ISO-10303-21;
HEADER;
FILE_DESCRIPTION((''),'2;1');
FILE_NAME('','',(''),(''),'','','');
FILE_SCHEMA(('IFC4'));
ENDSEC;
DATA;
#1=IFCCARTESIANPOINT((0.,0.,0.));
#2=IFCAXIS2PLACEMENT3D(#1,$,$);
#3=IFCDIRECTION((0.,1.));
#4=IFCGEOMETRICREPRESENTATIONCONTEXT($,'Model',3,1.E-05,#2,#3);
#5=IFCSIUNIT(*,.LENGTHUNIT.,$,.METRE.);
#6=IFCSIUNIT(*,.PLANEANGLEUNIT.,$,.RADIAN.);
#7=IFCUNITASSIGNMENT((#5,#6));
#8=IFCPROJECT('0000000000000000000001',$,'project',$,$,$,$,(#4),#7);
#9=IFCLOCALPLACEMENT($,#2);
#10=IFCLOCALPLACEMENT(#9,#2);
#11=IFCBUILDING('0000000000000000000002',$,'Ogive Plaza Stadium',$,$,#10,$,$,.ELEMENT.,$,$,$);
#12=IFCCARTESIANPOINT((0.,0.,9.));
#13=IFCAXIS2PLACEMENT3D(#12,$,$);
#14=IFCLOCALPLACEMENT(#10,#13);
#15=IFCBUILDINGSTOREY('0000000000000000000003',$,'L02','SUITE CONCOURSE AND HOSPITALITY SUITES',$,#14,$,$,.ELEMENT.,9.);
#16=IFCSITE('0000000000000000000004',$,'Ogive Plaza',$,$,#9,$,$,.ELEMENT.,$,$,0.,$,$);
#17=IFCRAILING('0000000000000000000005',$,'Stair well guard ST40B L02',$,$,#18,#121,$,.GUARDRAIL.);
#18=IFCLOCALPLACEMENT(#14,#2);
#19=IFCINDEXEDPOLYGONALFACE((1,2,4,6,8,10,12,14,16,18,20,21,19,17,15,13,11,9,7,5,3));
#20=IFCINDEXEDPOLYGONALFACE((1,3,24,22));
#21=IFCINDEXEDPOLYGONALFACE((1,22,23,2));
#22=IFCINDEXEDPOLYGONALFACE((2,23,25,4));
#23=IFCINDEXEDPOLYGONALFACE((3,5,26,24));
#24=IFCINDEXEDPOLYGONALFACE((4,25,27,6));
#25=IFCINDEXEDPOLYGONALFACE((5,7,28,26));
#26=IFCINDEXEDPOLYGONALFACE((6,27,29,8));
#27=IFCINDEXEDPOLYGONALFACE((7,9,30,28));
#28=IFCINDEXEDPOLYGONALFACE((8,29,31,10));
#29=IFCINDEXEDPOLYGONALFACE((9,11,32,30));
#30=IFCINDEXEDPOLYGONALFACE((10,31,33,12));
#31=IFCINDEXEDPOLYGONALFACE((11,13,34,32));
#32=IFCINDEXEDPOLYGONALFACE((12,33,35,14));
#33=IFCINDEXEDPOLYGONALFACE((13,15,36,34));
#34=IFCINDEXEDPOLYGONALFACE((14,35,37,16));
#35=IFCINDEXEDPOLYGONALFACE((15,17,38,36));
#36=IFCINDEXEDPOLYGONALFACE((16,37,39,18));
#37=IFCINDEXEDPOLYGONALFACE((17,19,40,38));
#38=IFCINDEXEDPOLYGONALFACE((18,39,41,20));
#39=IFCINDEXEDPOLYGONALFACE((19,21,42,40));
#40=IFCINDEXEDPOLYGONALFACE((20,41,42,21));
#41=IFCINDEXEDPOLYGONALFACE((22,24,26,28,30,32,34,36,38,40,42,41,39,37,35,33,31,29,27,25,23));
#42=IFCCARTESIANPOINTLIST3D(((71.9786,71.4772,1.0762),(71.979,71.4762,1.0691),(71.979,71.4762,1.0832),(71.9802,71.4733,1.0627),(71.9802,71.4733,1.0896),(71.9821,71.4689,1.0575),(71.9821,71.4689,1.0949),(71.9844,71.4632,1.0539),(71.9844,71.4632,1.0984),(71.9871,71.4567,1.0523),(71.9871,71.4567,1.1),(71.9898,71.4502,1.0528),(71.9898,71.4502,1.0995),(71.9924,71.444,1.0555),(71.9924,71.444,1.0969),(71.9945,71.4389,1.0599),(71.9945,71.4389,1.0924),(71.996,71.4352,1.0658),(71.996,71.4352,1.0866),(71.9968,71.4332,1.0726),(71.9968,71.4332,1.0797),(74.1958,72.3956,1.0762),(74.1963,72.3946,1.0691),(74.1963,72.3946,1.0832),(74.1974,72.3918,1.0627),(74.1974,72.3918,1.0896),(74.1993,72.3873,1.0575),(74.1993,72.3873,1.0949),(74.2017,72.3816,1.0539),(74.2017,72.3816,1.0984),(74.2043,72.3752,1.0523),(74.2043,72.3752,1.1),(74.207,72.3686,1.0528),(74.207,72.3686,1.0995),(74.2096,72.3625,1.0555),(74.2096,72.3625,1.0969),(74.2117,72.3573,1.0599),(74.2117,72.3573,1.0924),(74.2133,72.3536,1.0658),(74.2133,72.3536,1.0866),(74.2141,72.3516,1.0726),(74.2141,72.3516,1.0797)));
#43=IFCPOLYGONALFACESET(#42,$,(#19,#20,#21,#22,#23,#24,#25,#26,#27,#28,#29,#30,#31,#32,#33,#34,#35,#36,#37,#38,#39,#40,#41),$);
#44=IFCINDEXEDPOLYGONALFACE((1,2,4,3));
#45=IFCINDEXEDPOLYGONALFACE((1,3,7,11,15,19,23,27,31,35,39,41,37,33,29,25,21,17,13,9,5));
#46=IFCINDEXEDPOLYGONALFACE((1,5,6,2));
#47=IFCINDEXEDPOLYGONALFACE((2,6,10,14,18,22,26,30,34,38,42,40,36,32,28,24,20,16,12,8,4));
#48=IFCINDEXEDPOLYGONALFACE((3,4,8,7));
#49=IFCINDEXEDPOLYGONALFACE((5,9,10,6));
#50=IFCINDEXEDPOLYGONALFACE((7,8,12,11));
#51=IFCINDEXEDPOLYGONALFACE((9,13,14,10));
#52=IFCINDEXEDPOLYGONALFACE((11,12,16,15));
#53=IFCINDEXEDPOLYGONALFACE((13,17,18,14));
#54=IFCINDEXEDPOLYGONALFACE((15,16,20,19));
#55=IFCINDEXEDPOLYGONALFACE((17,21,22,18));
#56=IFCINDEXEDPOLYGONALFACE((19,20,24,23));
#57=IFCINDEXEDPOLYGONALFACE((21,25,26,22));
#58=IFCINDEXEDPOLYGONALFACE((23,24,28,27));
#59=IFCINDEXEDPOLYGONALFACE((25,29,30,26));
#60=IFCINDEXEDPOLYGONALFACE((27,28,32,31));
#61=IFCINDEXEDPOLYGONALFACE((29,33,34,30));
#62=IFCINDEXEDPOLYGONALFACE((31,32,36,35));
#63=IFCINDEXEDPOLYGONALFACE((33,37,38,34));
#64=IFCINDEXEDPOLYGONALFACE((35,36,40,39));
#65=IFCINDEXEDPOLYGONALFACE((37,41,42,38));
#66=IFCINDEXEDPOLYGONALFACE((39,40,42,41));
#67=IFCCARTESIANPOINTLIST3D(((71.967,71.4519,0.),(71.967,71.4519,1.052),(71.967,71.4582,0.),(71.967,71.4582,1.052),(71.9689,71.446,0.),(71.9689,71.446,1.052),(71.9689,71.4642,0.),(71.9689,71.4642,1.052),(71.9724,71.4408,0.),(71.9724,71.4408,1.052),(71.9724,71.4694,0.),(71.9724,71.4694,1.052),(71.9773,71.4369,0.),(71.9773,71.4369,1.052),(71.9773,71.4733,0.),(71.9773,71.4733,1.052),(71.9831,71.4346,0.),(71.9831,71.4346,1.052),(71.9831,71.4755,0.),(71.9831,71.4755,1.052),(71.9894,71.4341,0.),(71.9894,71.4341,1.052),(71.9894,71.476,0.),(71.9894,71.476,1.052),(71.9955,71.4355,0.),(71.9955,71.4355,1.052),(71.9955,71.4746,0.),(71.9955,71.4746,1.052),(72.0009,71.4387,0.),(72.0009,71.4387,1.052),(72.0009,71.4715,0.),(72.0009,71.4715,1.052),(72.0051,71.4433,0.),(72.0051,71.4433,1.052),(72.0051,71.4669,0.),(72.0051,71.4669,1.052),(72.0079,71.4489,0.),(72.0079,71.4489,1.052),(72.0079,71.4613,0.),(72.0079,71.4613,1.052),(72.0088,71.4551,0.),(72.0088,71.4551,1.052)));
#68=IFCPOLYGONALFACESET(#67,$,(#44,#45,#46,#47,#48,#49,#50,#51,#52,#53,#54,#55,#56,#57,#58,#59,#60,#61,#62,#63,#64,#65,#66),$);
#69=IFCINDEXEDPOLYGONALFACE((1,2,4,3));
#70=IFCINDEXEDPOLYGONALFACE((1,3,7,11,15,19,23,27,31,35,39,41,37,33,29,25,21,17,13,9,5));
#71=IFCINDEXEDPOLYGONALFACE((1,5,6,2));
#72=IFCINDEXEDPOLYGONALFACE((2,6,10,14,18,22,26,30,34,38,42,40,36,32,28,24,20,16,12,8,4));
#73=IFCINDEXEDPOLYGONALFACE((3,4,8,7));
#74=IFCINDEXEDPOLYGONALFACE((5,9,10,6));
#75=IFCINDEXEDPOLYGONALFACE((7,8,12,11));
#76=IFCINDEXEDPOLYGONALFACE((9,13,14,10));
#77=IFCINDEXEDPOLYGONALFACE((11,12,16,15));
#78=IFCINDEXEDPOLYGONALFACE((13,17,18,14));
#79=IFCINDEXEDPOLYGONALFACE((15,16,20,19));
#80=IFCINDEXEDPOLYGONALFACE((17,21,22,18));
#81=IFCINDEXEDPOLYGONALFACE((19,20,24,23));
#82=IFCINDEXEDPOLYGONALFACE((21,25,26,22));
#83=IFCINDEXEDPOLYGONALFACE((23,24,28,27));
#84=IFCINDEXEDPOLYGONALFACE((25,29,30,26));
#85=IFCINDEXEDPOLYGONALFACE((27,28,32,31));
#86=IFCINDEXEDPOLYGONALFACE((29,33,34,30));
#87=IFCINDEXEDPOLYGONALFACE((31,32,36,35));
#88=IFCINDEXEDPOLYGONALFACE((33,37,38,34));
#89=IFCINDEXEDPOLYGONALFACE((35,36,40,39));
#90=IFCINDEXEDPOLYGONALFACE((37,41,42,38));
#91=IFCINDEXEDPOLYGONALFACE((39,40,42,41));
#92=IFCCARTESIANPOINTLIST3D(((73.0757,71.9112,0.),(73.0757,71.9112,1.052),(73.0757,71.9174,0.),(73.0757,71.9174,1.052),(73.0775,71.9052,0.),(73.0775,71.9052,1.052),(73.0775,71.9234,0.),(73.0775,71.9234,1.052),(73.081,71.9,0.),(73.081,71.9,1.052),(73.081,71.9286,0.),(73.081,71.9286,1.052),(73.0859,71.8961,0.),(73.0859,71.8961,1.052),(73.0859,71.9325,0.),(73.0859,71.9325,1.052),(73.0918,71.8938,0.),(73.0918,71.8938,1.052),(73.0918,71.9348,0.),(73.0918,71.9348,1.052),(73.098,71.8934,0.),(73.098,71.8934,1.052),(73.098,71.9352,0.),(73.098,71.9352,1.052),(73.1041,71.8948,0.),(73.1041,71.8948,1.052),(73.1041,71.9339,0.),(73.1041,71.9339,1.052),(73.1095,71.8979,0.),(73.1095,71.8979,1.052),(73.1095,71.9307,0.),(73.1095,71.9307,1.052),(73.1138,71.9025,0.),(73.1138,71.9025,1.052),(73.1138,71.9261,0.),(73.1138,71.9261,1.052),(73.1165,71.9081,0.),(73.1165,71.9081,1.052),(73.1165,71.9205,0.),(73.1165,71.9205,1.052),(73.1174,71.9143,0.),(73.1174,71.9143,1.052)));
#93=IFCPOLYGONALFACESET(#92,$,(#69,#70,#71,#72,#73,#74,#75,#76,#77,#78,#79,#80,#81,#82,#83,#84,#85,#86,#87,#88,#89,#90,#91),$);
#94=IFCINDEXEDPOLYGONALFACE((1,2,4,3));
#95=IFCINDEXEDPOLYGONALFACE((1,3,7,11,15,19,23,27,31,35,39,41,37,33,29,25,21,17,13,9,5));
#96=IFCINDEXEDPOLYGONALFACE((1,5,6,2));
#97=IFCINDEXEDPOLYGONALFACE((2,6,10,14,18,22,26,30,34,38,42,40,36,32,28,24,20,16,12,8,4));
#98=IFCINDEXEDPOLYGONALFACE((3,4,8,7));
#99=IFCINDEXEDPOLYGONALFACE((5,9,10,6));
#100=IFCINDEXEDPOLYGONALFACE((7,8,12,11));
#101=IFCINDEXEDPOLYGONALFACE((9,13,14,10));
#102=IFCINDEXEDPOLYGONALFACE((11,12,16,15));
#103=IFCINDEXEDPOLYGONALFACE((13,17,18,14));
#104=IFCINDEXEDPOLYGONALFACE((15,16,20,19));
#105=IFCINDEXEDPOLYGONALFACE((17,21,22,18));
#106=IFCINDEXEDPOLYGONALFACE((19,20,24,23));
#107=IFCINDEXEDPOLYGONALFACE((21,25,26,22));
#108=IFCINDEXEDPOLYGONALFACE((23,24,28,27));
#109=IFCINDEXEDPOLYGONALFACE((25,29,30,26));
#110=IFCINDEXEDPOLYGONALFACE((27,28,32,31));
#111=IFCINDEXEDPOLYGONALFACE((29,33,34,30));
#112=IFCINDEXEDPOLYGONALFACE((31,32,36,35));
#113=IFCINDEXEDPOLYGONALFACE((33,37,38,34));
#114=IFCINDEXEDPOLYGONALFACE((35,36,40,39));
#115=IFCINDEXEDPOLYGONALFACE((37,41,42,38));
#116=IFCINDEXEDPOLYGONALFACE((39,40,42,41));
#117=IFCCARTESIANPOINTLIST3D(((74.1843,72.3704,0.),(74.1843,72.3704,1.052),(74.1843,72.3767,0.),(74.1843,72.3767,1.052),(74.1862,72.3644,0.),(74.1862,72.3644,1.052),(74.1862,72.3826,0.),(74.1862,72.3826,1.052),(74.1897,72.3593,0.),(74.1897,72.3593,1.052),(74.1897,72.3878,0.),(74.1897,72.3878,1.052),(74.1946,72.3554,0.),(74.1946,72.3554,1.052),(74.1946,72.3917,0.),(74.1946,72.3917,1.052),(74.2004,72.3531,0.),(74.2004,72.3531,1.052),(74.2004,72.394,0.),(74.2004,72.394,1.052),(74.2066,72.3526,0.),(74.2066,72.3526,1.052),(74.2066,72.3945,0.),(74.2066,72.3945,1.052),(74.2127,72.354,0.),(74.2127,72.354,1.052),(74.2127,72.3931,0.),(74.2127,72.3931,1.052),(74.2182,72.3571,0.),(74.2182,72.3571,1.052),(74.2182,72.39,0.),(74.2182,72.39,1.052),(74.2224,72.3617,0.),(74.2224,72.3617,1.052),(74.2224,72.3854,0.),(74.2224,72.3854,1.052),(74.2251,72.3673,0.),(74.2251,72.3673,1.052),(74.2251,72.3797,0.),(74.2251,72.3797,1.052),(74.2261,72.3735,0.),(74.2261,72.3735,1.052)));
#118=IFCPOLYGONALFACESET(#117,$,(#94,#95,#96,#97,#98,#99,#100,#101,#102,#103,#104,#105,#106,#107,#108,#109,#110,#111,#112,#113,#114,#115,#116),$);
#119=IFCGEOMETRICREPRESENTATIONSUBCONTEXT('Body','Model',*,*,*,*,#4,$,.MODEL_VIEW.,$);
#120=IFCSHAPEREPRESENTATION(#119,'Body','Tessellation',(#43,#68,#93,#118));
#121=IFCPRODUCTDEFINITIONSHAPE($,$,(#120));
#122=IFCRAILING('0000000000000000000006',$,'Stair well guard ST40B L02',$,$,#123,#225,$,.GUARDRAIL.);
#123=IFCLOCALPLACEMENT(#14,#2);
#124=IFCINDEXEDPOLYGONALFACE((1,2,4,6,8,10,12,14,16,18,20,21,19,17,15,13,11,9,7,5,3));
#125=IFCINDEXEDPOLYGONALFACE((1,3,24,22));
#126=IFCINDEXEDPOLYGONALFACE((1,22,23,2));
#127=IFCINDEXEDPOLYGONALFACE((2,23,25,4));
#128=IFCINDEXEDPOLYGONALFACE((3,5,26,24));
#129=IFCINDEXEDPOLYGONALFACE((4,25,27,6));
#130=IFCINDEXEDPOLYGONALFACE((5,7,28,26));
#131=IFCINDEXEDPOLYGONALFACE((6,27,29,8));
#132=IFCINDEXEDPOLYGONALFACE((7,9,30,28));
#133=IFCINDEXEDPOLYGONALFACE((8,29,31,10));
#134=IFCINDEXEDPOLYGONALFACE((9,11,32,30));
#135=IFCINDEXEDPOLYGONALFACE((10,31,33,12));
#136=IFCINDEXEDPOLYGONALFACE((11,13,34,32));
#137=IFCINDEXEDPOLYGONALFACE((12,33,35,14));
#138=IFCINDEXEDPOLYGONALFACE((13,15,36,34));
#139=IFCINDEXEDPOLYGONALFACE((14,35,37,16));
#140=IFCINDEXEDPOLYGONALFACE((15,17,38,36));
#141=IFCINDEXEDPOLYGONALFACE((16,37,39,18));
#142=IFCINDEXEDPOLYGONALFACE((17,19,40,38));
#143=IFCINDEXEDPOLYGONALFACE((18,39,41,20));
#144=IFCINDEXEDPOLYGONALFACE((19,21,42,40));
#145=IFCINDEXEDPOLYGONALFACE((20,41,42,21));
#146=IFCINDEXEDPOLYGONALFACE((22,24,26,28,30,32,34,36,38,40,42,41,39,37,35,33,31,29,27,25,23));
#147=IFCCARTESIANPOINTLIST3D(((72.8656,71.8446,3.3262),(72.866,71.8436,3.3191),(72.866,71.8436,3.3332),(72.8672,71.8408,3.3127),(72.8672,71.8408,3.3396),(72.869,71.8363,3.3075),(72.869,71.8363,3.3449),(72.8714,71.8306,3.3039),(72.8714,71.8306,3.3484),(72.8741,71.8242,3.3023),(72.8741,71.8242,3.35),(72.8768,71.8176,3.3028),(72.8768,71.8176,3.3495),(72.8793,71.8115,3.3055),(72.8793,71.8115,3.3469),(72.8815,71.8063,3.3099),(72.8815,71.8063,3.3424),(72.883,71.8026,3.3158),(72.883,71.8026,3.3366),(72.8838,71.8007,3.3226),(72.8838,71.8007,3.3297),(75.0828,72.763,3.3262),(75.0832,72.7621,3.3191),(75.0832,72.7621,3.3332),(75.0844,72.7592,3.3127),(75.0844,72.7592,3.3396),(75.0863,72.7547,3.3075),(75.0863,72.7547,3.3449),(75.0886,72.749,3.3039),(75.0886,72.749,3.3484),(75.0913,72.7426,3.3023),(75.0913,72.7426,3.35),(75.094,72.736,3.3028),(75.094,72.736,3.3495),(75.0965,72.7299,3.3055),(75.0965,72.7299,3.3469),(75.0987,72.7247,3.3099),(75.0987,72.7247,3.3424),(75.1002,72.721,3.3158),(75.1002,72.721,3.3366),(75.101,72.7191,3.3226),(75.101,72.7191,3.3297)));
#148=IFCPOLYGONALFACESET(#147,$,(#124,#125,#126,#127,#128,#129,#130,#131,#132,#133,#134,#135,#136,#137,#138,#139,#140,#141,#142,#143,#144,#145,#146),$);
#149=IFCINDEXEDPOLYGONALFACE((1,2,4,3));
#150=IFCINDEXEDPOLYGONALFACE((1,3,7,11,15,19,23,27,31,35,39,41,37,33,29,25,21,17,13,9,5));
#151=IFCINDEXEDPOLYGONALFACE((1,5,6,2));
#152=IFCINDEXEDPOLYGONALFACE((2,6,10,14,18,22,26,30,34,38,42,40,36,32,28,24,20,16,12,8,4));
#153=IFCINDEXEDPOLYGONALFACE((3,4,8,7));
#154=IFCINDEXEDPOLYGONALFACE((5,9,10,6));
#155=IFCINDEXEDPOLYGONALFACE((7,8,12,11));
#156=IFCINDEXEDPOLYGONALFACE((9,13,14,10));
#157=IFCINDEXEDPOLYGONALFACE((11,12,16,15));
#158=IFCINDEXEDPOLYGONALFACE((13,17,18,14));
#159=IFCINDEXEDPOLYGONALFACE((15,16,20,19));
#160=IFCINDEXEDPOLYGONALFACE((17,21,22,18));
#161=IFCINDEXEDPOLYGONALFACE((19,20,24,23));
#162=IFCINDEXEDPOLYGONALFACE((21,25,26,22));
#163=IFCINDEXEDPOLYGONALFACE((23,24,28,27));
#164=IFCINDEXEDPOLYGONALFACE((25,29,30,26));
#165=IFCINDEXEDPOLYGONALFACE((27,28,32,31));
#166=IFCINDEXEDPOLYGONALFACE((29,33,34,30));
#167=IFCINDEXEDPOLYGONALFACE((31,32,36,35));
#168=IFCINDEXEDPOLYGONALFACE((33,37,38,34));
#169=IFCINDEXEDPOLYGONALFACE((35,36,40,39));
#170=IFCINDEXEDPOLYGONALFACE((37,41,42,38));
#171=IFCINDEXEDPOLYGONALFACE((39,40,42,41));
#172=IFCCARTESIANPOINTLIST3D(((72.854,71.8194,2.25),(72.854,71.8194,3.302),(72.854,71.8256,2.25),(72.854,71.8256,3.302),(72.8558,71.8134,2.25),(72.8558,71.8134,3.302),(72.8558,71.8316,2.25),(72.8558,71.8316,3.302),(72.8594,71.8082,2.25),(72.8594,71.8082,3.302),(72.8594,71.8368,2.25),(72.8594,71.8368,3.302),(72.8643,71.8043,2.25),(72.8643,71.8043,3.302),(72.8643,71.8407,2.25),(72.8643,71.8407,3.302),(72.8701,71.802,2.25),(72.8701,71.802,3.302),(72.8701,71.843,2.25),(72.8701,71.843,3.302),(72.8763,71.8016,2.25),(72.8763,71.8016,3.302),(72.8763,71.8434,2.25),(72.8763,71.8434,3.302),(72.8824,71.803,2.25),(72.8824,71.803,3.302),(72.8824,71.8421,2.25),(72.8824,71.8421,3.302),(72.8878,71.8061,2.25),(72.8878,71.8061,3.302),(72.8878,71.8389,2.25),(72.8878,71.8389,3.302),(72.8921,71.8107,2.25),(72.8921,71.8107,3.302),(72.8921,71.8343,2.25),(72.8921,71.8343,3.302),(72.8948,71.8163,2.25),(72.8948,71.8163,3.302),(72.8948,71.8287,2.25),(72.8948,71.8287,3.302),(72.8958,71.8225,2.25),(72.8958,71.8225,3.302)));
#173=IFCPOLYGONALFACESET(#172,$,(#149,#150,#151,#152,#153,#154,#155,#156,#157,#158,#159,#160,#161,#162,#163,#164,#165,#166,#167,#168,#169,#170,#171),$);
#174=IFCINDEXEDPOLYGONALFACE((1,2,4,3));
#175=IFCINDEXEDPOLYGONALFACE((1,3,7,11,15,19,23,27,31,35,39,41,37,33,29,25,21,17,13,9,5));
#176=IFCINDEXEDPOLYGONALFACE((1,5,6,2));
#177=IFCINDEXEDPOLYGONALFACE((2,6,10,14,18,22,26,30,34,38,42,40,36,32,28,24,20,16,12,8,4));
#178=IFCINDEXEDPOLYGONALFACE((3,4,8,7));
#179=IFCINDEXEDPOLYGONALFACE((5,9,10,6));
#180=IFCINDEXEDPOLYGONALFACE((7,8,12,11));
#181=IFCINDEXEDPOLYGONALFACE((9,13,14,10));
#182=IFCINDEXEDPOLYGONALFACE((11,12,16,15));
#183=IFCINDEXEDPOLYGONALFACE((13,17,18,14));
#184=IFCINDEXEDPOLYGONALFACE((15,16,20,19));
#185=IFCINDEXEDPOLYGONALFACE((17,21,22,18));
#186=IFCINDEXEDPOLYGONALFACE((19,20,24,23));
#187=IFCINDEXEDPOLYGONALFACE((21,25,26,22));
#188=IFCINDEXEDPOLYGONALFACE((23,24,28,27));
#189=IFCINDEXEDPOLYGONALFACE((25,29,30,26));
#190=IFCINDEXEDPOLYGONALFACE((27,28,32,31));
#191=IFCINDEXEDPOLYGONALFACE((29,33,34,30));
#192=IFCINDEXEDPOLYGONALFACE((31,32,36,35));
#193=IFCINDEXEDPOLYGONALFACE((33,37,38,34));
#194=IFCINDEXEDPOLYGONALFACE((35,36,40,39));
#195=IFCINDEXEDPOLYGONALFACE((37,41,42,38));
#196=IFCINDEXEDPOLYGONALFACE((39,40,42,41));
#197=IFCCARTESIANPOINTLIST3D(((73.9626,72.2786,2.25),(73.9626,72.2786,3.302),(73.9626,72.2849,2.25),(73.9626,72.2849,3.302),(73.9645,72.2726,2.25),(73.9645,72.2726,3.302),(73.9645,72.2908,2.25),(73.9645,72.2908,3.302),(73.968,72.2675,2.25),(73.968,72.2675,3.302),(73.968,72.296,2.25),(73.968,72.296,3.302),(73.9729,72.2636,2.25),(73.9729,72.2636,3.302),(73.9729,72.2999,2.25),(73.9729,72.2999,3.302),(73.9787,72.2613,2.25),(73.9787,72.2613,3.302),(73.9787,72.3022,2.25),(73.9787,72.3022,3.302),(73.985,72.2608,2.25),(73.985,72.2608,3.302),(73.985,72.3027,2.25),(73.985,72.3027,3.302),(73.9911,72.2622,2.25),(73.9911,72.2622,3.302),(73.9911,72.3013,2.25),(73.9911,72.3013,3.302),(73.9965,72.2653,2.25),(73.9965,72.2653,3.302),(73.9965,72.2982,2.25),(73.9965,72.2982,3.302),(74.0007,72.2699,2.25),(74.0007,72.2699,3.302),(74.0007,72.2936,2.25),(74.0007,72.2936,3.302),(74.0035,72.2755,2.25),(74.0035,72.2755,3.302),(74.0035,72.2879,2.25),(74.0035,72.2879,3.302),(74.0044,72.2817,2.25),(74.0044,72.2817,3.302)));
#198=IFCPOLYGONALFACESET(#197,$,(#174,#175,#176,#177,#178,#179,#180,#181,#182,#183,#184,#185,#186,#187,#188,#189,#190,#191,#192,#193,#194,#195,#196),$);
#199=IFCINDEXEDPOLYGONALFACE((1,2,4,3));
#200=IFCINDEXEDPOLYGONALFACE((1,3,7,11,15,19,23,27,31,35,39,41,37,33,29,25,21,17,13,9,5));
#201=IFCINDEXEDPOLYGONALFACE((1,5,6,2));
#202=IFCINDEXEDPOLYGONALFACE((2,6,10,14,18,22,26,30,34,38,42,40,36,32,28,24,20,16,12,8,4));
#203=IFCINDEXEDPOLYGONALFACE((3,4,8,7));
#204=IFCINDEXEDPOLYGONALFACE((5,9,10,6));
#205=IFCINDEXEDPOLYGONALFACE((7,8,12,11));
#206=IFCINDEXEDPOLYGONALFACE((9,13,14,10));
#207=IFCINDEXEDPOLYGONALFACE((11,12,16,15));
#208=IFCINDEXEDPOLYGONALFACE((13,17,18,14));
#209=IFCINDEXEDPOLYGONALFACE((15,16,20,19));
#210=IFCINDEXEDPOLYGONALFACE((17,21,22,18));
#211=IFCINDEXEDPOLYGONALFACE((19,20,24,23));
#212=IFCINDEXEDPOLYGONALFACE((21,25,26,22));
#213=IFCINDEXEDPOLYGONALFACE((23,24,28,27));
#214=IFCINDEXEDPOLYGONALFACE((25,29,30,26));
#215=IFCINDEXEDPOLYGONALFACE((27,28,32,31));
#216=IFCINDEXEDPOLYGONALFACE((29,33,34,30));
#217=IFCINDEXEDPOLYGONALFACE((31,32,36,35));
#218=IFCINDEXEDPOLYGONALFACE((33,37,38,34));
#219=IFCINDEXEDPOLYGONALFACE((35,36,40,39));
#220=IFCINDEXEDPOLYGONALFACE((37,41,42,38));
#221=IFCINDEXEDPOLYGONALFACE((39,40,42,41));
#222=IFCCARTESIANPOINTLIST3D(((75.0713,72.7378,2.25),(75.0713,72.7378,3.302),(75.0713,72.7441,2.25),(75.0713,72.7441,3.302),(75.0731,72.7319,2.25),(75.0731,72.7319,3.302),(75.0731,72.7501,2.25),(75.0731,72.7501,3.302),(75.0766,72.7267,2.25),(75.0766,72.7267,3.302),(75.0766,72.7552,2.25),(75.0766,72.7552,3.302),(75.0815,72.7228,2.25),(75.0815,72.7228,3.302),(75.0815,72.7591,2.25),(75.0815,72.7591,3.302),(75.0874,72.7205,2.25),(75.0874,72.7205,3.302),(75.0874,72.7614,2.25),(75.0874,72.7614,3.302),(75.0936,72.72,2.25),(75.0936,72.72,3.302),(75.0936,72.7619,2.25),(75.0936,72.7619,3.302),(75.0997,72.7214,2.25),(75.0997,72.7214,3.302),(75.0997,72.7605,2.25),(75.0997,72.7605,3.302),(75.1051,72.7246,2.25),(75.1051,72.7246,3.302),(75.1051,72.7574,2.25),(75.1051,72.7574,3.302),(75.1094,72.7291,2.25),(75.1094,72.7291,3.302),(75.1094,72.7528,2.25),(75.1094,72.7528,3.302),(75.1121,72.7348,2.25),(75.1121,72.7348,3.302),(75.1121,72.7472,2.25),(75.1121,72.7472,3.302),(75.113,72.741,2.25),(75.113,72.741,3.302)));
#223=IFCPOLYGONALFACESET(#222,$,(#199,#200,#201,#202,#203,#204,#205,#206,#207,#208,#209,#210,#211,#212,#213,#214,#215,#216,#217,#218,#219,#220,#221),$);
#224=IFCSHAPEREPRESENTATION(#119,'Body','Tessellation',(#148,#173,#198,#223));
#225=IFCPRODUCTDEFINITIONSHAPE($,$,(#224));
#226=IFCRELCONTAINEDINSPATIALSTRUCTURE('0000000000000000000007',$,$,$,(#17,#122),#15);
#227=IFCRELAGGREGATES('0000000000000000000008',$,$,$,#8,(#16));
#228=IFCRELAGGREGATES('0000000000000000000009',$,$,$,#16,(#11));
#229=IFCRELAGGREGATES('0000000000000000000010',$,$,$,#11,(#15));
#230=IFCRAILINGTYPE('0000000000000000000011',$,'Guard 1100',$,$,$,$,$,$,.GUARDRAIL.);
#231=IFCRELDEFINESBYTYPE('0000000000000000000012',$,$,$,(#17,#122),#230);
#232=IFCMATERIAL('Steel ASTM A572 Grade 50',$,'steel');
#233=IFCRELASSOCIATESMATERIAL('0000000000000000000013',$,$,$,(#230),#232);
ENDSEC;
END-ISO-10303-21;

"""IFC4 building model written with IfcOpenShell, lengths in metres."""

from ifc_helpers import new_model, si_unit, direction, frame, origin, origin_2d, place, context, subcontext, project, spatial, circle, extrude, material, type_object, element, save


model = new_model("IFC4")

# Units and contexts
model_context = context("Model", 3, precision=1e-05, world=origin(), true_north=direction((0.0, 1.0)))
body_context = subcontext(model_context, "Body", "Model", "MODEL_VIEW")
ifc_project = project(units=[si_unit("LENGTHUNIT", "METRE"), si_unit("PLANEANGLEUNIT", "RADIAN")], contexts=[model_context])

# Site, building, storey
site_placement = place(None, origin())
site = spatial("IfcSite", under=ifc_project, at=site_placement, Name="Ogive Plaza", CompositionType="ELEMENT", RefElevation=0.0)
building_placement = place(site_placement, origin())
building = spatial("IfcBuilding", under=site, at=building_placement, Name="Ogive Plaza Stadium", CompositionType="ELEMENT")
storey_placement = place(building_placement, frame((0.0, 0.0, 9.0)))
storey = spatial("IfcBuildingStorey", under=building, at=storey_placement, Name="L02", Description="SUITE CONCOURSE AND HOSPITALITY SUITES", CompositionType="ELEMENT", Elevation=9.0)

# Railings
ifc_material_1 = material(Name="Steel ASTM A572 Grade 50", Category="steel")
railing_type_1 = type_object("IfcRailingType", Name="Guard 1100", PredefinedType="GUARDRAIL", material=ifc_material_1)
for number, where, name in (
    (1, (71.9878, 71.4551, 0.0), "Stair well guard ST40B L02"),
    (2, (72.8748, 71.8225, 2.25), "Stair well guard ST40B L02"),
):
    element("IfcRailing", number, at=place(storey_placement, frame(where)), inside=storey, type_object=railing_type_1, Name=name, PredefinedType="GUARDRAIL", context=body_context, shape_type="SweptSolid", body=[
        extrude(circle(Radius=0.0239, at=origin_2d()), frame((0.0, 0.0, 1.0762), z_axis=(0.923875, 0.382693, 0.0), x_axis=(-0.382693, 0.923875, 0.0)), (0.0, 0.0, 1.0), 2.3999),
        extrude(circle(Radius=0.021, at=origin_2d()), origin(), (0.0, 0.0, 1.0), 1.052),
        extrude(circle(Radius=0.021, at=origin_2d()), frame((1.1086, 0.4592, 0.0)), (0.0, 0.0, 1.0), 1.052),
        extrude(circle(Radius=0.021, at=origin_2d()), frame((2.2173, 0.9185, 0.0)), (0.0, 0.0, 1.0), 1.052),
    ])

save(model, "model.ifc")
